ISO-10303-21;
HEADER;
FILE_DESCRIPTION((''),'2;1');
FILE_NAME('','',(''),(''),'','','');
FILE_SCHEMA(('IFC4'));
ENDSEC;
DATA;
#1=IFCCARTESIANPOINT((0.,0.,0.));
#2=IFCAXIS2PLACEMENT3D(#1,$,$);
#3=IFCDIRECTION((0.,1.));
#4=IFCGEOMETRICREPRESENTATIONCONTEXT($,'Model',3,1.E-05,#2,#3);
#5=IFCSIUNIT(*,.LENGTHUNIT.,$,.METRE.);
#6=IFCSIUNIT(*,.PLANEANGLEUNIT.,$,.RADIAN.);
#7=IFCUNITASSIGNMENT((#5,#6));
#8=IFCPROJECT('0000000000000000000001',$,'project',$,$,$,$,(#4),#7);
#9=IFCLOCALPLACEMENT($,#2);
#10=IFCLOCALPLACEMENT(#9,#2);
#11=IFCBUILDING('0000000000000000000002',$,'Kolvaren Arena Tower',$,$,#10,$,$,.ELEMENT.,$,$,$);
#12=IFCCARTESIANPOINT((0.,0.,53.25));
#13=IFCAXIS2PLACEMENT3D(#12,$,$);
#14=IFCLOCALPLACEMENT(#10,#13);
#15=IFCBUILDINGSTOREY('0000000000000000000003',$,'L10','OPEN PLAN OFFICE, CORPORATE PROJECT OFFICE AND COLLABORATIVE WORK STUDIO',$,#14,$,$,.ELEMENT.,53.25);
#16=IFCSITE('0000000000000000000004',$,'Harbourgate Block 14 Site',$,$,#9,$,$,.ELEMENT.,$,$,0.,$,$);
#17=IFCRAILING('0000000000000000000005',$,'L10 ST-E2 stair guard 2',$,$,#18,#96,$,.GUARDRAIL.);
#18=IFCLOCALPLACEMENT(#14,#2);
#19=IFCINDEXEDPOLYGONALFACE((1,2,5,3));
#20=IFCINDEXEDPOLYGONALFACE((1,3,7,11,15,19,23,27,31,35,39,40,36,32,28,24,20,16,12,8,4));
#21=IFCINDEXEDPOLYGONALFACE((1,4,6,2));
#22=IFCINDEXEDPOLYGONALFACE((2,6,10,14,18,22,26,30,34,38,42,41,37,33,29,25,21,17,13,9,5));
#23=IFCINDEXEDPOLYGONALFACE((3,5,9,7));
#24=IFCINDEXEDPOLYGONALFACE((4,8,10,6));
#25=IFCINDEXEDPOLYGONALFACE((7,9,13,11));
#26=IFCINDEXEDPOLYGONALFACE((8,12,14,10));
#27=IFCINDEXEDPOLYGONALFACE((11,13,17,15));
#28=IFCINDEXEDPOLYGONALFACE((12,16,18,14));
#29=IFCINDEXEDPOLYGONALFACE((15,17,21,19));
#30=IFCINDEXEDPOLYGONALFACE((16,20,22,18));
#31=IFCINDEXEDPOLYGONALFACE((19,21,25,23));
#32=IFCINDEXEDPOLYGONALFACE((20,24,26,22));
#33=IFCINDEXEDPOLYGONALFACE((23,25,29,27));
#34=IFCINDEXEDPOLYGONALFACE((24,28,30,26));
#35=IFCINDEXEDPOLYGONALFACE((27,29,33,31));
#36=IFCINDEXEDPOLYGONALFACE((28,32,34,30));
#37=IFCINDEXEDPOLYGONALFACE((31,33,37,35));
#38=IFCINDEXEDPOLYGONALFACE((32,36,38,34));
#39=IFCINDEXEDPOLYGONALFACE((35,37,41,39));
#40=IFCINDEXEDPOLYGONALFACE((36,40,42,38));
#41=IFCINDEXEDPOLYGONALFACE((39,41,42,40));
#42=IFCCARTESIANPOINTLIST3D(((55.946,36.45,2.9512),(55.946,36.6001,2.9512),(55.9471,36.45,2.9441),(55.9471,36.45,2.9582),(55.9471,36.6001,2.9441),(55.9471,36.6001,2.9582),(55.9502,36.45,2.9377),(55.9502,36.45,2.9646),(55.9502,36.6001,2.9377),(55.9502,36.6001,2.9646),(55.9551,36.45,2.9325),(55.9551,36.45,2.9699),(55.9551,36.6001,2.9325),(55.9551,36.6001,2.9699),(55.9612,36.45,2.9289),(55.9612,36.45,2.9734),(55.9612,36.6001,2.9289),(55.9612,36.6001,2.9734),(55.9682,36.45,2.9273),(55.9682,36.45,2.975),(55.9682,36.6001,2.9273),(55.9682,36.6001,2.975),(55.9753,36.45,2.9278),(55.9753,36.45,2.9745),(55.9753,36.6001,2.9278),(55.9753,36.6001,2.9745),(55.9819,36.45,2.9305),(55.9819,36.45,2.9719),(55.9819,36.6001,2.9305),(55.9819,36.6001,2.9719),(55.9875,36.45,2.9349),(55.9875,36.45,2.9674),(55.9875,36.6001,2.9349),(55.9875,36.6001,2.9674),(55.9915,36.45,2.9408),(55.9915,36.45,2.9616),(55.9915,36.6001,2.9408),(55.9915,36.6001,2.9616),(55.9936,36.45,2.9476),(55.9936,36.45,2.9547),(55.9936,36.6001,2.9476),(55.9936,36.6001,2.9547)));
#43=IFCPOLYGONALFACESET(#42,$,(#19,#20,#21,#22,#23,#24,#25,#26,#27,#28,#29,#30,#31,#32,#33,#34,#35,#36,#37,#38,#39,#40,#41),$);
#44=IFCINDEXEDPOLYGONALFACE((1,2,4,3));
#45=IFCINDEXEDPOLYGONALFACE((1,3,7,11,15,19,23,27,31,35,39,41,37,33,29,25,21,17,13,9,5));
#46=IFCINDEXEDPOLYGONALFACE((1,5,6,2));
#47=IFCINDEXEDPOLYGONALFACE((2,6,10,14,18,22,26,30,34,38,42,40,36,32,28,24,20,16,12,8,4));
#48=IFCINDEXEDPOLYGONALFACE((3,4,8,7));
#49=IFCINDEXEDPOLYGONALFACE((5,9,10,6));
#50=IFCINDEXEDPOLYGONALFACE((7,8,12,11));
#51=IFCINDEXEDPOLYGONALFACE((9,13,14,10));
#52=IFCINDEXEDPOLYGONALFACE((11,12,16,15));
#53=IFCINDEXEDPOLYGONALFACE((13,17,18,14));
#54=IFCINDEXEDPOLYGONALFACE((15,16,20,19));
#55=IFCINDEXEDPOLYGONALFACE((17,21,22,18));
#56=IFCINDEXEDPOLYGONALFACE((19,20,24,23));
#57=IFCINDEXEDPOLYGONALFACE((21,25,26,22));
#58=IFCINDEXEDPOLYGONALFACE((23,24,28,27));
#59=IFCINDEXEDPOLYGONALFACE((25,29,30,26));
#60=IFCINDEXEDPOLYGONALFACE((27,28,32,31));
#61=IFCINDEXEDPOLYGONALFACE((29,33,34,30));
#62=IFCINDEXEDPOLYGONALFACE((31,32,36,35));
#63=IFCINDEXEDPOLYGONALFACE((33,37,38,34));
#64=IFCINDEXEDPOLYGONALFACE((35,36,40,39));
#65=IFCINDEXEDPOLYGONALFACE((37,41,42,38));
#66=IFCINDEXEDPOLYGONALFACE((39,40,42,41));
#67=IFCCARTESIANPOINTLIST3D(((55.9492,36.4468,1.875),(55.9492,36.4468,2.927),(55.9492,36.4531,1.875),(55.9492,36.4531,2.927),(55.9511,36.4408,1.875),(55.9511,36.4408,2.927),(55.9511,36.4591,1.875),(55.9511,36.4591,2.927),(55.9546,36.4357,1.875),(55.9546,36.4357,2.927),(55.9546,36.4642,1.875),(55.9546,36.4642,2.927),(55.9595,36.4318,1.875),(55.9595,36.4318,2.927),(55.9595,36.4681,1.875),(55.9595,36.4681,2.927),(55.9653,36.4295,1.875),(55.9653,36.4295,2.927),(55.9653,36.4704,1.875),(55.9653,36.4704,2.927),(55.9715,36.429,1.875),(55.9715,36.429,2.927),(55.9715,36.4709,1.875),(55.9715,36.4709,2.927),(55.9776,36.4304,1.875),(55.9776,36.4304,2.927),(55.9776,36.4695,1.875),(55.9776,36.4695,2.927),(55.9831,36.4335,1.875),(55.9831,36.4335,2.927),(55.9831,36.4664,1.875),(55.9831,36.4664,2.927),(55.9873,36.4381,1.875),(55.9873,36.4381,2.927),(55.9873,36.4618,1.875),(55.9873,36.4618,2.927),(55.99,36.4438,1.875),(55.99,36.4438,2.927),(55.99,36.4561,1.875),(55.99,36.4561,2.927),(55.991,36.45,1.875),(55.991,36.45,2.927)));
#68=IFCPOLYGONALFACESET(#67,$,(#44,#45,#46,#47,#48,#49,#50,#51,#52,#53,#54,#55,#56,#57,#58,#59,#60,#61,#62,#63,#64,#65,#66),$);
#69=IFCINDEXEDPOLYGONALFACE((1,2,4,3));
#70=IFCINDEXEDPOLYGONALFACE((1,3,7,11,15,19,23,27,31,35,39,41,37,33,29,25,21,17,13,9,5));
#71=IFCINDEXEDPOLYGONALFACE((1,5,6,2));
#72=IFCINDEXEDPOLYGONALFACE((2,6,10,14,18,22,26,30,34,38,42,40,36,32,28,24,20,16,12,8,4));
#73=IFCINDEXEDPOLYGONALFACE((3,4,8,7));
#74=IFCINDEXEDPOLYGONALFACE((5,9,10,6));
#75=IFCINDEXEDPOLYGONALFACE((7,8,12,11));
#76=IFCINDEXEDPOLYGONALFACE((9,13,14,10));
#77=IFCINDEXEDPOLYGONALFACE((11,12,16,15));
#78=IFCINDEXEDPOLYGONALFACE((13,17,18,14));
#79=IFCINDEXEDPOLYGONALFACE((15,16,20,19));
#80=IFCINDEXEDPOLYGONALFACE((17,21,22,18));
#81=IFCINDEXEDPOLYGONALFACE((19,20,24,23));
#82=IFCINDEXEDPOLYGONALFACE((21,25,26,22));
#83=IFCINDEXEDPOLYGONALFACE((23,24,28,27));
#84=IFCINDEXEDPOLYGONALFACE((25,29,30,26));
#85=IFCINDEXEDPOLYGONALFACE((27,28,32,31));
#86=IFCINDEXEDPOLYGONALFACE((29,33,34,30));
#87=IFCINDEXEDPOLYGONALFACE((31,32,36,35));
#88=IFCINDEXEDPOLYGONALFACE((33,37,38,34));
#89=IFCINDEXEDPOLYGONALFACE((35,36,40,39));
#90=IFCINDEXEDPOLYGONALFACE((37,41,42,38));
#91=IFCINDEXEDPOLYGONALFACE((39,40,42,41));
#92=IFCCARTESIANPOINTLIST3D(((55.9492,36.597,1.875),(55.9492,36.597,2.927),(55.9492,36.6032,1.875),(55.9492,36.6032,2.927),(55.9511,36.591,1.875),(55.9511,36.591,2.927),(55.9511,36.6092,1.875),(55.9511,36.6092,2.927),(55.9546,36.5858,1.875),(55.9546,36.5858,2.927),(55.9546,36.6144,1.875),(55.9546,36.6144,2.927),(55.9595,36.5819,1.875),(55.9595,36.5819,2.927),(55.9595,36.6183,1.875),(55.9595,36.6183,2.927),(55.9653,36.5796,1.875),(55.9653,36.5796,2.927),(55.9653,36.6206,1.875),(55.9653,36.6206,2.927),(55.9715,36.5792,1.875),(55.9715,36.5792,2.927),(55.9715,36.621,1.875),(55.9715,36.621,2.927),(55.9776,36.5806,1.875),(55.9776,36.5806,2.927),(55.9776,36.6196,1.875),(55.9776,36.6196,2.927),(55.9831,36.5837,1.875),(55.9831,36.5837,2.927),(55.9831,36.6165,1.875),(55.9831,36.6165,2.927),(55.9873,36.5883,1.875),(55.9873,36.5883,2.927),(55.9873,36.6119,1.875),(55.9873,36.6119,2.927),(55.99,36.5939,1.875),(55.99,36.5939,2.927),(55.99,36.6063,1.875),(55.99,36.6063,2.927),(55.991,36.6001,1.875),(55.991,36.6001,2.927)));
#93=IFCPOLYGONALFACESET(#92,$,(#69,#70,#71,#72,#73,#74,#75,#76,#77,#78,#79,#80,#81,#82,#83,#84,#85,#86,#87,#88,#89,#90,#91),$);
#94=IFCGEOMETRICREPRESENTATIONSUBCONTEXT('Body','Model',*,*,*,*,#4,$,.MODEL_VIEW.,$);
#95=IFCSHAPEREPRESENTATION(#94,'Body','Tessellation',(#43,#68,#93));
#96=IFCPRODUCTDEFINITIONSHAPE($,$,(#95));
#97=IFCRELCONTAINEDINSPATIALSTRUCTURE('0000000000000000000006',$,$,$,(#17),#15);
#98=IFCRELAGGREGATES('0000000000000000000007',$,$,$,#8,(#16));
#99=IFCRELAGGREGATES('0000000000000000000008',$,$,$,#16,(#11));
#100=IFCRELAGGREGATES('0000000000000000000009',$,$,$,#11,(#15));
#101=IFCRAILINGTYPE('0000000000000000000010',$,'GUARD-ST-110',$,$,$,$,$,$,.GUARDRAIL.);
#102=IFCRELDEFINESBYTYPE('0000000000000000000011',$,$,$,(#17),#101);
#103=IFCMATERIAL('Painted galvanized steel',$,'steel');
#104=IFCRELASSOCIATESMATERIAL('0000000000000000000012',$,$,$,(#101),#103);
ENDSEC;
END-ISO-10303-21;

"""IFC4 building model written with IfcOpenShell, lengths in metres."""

from ifc_helpers import new_model, si_unit, direction, frame, origin, origin_2d, place, context, subcontext, project, spatial, circle, extrude, material, type_object, element, save


model = new_model("IFC4")

# Units and contexts
model_context = context("Model", 3, precision=1e-05, world=origin(), true_north=direction((0.0, 1.0)))
body_context = subcontext(model_context, "Body", "Model", "MODEL_VIEW")
ifc_project = project(units=[si_unit("LENGTHUNIT", "METRE"), si_unit("PLANEANGLEUNIT", "RADIAN")], contexts=[model_context])

# Site, building, storey
site_placement = place(None, origin())
site = spatial("IfcSite", under=ifc_project, at=site_placement, Name="Harbourgate Block 14 Site", CompositionType="ELEMENT", RefElevation=0.0)
building_placement = place(site_placement, origin())
building = spatial("IfcBuilding", under=site, at=building_placement, Name="Kolvaren Arena Tower", CompositionType="ELEMENT")
storey_placement = place(building_placement, frame((0.0, 0.0, 53.25)))
storey = spatial("IfcBuildingStorey", under=building, at=storey_placement, Name="L10", Description="OPEN PLAN OFFICE, CORPORATE PROJECT OFFICE AND COLLABORATIVE WORK STUDIO", CompositionType="ELEMENT", Elevation=53.25)

# Railing
ifc_material_1 = material(Name="Painted galvanized steel", Category="steel")
railing_type_1 = type_object("IfcRailingType", Name="GUARD-ST-110", PredefinedType="GUARDRAIL", material=ifc_material_1)
railing_1_placement = place(storey_placement, frame((55.97, 36.45, 1.875)))
element("IfcRailing", 1, at=railing_1_placement, inside=storey, type_object=railing_type_1, Name="L10 ST-E2 stair guard 2", PredefinedType="GUARDRAIL", context=body_context, shape_type="SweptSolid", body=[
    extrude(circle(Radius=0.0239, at=origin_2d()), frame((0.0, 0.0, 1.0762), z_axis=(0.0, 1.0, 0.0), x_axis=(-1.0, 0.0, 0.0)), (0.0, 0.0, 1.0), 0.1501),
    extrude(circle(Radius=0.021, at=origin_2d()), origin(), (0.0, 0.0, 1.0), 1.052),
    extrude(circle(Radius=0.021, at=origin_2d()), frame((0.0, 0.1501, 0.0)), (0.0, 0.0, 1.0), 1.052),
])

save(model, "model.ifc")
